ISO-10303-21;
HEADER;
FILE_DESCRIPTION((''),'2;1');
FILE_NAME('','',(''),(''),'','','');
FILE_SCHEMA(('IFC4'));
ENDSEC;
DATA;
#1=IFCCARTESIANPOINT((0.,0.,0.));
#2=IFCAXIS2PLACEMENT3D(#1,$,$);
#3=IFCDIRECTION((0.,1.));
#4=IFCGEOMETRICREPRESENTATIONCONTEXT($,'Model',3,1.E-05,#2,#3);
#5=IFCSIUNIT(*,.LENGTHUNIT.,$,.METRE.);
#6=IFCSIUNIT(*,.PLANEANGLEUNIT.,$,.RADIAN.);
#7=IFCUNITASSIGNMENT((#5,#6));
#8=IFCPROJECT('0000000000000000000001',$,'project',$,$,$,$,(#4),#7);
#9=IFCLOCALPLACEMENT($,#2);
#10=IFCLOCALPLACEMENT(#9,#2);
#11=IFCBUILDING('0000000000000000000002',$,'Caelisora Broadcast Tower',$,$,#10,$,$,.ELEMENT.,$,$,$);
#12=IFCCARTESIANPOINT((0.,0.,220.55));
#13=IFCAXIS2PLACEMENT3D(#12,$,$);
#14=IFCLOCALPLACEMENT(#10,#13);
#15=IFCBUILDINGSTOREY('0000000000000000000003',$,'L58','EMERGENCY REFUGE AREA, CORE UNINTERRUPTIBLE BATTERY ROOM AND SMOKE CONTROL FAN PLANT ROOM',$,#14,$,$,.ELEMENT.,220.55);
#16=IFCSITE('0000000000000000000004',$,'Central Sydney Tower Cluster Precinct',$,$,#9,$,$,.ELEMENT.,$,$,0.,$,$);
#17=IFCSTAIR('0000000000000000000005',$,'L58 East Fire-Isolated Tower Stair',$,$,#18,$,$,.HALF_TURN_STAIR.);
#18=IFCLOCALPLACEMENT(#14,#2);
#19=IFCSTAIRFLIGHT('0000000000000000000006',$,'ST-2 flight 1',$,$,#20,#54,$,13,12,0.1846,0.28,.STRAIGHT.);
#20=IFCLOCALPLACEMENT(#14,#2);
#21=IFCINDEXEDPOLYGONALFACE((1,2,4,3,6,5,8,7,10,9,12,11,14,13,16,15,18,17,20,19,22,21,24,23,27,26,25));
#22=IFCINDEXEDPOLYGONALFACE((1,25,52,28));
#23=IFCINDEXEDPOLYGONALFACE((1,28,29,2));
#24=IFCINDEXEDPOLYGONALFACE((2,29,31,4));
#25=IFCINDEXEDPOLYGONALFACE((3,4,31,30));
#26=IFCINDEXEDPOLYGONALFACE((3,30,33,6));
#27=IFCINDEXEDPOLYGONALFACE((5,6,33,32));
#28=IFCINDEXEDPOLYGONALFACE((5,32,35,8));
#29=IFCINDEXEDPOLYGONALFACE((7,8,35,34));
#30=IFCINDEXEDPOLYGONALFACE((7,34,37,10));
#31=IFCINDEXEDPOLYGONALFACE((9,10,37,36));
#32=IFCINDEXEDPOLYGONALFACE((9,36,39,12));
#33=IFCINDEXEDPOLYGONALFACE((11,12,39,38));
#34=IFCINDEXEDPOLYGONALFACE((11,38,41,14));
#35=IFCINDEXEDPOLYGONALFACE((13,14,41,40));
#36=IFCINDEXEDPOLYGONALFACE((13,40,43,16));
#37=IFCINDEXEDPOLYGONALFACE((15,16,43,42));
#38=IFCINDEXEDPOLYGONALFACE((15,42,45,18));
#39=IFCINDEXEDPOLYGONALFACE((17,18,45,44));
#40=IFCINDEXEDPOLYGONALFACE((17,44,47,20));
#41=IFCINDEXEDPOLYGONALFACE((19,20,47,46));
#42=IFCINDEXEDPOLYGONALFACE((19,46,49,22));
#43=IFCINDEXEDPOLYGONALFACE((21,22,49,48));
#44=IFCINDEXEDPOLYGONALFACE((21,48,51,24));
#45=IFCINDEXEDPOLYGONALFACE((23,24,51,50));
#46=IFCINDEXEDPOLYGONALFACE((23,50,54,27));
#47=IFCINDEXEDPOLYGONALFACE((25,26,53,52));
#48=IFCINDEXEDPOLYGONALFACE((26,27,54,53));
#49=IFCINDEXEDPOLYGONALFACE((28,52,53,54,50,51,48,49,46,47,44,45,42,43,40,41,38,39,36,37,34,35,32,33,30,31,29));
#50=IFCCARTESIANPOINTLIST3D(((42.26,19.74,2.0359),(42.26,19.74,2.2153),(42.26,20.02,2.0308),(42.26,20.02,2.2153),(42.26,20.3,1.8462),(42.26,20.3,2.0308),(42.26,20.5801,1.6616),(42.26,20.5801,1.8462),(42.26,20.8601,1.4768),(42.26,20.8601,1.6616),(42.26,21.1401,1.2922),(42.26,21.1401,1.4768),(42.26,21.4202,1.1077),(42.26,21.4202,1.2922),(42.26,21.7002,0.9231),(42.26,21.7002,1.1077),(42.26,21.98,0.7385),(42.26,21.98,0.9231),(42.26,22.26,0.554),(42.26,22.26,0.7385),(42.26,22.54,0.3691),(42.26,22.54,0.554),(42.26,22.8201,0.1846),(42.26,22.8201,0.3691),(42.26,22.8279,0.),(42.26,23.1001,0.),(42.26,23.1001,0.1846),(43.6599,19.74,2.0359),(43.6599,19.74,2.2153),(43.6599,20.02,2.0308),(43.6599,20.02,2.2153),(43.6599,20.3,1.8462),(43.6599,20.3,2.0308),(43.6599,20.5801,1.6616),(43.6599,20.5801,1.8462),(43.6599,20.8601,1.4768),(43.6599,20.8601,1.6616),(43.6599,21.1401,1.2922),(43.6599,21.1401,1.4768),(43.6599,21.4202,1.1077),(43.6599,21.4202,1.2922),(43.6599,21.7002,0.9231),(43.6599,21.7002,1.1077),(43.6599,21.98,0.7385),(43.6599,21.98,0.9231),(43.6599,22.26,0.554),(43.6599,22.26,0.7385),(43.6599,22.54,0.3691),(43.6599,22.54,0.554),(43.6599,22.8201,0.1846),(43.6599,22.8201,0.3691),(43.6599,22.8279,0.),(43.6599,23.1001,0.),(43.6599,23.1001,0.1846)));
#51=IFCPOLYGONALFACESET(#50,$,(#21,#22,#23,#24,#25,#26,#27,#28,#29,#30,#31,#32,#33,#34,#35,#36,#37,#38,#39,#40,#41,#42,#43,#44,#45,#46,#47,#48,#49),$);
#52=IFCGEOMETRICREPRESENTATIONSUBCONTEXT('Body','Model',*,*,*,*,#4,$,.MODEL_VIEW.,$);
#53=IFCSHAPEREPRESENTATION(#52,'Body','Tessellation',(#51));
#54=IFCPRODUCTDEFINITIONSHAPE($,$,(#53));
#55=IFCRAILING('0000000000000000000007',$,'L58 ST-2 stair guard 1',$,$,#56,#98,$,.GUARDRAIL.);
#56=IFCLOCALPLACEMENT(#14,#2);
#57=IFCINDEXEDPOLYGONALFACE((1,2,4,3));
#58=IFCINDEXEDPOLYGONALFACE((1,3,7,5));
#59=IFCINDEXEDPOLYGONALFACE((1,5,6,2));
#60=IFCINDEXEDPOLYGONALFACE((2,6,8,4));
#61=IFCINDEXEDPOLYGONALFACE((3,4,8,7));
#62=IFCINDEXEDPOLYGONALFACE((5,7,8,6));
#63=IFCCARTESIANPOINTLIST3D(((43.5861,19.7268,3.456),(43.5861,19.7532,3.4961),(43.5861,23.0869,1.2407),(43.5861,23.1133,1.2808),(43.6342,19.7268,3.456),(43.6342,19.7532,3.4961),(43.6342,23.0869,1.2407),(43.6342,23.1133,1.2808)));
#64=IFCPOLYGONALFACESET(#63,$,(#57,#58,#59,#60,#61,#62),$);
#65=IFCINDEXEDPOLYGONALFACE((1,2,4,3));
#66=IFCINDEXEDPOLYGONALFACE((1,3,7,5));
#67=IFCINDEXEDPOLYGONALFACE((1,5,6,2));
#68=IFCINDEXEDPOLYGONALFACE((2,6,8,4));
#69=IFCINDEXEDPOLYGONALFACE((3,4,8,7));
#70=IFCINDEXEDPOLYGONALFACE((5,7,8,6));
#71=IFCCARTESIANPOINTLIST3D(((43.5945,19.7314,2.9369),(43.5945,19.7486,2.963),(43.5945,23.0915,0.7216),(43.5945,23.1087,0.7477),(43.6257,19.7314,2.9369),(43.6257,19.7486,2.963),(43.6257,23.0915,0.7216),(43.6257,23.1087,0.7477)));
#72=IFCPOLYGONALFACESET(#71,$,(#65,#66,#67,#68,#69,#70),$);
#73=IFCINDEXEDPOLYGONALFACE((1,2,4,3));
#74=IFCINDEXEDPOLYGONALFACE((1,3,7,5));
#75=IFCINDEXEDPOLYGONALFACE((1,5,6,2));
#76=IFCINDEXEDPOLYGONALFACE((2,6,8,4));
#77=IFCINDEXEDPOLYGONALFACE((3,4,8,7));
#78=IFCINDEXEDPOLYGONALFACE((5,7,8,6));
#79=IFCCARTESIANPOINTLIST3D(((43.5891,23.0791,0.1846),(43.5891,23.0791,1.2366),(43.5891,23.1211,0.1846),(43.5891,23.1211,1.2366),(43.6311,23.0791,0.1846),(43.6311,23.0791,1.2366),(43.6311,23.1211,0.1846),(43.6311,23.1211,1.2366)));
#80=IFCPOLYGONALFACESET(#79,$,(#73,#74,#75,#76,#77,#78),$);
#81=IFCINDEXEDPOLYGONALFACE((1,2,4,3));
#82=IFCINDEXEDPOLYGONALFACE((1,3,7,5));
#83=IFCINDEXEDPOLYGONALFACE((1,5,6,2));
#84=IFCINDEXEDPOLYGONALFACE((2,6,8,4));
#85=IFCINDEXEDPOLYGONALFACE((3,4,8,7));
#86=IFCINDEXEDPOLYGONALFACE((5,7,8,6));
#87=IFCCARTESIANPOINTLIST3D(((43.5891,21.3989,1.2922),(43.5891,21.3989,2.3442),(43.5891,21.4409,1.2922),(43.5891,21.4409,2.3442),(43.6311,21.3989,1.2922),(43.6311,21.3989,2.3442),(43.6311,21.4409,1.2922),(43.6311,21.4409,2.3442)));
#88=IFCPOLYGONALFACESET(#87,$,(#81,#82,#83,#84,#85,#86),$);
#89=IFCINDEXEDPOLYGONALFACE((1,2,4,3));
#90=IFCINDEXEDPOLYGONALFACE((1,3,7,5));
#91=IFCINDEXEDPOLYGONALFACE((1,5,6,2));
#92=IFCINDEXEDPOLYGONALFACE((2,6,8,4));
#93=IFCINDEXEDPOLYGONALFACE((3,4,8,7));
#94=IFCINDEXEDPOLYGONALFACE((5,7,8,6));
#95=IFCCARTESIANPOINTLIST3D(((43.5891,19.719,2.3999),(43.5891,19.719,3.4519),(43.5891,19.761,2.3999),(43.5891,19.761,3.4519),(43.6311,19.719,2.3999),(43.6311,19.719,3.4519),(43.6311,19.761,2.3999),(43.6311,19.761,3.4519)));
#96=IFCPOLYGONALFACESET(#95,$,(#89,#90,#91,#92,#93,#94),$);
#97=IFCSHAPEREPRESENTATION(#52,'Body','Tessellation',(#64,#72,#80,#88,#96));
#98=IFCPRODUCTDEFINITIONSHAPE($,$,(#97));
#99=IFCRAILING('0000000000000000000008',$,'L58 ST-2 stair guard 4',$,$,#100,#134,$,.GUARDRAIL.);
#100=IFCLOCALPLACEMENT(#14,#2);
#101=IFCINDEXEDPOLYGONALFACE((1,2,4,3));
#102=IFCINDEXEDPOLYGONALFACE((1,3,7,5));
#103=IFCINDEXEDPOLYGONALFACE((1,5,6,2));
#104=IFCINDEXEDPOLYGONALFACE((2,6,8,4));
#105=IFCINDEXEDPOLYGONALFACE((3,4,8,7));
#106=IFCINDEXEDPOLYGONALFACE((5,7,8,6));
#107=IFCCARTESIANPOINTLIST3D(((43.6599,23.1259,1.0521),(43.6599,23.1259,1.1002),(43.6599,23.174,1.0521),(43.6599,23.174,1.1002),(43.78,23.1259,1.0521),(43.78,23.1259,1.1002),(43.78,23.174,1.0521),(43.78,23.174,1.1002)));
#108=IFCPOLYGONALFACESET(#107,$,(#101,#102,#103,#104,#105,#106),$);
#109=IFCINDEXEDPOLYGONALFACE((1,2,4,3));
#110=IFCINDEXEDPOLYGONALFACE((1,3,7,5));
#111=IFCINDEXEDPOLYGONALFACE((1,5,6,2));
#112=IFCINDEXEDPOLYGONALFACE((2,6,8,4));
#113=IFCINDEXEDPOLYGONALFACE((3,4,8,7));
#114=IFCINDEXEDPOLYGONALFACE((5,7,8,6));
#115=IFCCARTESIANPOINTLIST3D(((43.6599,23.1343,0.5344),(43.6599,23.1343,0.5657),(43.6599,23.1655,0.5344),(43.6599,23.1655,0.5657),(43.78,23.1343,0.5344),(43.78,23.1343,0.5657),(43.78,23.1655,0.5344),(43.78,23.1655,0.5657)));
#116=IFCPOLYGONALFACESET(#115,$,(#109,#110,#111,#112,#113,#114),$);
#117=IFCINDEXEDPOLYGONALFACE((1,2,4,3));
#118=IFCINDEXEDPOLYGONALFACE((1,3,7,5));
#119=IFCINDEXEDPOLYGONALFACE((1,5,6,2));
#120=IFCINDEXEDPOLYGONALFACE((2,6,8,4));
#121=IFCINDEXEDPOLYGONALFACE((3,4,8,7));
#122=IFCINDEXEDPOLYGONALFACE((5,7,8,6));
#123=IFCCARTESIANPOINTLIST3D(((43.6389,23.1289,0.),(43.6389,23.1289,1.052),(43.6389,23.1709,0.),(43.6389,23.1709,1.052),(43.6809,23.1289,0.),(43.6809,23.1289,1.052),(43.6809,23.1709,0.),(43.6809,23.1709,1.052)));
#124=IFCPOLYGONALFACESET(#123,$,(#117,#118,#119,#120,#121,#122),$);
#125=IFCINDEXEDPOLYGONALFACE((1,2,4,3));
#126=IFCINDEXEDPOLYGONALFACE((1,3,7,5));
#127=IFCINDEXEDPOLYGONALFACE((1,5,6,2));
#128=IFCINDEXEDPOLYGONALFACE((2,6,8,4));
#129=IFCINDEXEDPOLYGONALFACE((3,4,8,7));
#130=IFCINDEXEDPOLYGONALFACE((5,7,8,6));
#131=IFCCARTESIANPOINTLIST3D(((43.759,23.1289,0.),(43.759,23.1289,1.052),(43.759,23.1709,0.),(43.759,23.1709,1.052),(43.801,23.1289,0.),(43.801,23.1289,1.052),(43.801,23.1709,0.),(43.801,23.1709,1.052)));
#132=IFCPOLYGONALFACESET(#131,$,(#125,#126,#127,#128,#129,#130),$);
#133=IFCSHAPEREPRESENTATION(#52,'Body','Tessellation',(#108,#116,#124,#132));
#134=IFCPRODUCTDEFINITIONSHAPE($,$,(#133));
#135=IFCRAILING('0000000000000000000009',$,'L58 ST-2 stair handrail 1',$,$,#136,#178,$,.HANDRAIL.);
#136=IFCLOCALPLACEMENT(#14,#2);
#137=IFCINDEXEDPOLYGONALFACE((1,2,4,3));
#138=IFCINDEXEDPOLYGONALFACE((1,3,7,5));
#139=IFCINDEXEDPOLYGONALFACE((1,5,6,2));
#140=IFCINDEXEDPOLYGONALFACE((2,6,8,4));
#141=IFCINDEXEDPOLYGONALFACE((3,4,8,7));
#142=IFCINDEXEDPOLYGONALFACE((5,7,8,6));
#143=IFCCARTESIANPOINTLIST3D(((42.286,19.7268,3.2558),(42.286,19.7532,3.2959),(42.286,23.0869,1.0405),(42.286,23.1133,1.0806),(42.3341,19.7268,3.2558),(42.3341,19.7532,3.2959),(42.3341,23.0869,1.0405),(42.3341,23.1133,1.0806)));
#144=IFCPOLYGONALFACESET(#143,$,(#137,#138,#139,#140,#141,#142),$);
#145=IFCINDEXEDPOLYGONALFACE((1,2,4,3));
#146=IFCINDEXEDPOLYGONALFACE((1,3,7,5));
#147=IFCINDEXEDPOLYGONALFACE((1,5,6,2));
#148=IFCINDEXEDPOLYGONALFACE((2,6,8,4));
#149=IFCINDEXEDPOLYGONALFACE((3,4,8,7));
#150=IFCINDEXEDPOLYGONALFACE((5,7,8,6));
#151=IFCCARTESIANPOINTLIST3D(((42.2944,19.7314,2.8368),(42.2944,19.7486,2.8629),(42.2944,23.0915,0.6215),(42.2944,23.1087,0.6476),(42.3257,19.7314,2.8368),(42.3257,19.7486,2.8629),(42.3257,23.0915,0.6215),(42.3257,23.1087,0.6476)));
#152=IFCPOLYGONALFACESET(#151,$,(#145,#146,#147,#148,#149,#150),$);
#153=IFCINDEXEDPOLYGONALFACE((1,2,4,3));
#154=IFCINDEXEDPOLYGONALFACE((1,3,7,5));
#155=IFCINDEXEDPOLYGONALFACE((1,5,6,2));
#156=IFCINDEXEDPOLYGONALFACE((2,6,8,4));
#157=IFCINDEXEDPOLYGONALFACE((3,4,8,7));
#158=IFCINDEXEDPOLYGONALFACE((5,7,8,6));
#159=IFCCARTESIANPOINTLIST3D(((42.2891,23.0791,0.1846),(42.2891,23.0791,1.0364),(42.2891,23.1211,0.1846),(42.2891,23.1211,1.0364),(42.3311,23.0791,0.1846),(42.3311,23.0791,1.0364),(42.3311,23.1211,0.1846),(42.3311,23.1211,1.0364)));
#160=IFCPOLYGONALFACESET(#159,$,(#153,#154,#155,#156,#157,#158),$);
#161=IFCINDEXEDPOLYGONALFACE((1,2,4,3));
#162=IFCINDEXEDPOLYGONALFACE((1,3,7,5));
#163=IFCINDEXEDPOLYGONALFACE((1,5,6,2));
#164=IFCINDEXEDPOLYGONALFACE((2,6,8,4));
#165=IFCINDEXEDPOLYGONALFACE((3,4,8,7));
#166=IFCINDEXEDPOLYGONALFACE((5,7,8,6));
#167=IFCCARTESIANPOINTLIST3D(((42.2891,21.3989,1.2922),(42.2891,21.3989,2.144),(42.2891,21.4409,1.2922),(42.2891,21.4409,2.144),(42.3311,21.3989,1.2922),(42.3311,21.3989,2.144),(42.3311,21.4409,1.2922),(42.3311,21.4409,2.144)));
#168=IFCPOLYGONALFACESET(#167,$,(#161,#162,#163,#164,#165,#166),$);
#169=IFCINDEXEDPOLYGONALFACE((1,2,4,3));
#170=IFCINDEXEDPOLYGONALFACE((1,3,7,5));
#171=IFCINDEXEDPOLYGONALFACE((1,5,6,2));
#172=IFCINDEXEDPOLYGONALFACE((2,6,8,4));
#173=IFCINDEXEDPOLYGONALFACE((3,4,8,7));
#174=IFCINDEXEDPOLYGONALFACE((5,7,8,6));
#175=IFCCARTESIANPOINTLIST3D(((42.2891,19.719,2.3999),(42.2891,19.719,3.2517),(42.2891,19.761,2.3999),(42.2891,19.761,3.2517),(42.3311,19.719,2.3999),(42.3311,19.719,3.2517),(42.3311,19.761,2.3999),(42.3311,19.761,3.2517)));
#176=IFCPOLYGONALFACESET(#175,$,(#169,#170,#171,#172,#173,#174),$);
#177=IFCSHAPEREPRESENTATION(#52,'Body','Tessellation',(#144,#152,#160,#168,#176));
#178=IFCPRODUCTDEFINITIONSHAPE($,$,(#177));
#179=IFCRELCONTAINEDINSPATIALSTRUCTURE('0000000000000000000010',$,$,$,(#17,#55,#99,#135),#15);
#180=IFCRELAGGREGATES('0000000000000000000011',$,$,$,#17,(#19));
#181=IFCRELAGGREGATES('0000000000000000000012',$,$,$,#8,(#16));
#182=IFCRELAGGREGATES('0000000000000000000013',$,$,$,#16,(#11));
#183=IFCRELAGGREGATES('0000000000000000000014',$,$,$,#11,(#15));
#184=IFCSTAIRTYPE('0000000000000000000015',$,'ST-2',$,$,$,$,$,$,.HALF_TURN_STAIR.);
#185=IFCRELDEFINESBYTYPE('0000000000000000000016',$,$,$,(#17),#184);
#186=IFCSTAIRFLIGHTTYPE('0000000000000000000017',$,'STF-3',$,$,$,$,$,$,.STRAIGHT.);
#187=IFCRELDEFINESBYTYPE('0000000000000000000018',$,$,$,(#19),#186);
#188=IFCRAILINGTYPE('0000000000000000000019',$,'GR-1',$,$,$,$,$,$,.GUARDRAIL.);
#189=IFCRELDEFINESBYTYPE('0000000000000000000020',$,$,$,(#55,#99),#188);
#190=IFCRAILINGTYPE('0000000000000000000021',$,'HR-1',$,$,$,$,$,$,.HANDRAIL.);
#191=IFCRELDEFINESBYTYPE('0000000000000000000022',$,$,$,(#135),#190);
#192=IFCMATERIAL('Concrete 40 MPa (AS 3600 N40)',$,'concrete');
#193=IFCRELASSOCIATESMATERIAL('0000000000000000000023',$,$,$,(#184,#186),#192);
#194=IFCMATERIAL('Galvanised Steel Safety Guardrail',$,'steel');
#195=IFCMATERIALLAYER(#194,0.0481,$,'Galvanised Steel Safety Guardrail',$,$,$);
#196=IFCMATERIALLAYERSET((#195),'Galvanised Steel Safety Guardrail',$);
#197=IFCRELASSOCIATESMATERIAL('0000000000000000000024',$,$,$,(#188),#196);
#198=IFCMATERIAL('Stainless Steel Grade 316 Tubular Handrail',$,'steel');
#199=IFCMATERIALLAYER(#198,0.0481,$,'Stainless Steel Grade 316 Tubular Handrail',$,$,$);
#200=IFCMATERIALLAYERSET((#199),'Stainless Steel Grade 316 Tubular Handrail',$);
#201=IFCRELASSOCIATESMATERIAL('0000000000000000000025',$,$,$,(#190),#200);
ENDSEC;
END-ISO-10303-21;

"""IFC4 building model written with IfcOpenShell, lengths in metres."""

from ifc_helpers import new_model, si_unit, direction, frame, origin, origin_2d, place, context, subcontext, project, spatial, polyline, rectangle, outline, extrude, material, layer, layer_set, type_object, element, aggregate, save


model = new_model("IFC4")

# Units and contexts
model_context = context("Model", 3, precision=1e-05, world=origin(), true_north=direction((0.0, 1.0)))
body_context = subcontext(model_context, "Body", "Model", "MODEL_VIEW")
ifc_project = project(units=[si_unit("LENGTHUNIT", "METRE"), si_unit("PLANEANGLEUNIT", "RADIAN")], contexts=[model_context])

# Site, building, storey
site_placement = place(None, origin())
site = spatial("IfcSite", under=ifc_project, at=site_placement, Name="Central Sydney Tower Cluster Precinct", CompositionType="ELEMENT", RefElevation=0.0)
building_placement = place(site_placement, origin())
building = spatial("IfcBuilding", under=site, at=building_placement, Name="Caelisora Broadcast Tower", CompositionType="ELEMENT")
storey_placement = place(building_placement, frame((0.0, 0.0, 220.55)))
storey = spatial("IfcBuildingStorey", under=building, at=storey_placement, Name="L58", Description="EMERGENCY REFUGE AREA, CORE UNINTERRUPTIBLE BATTERY ROOM AND SMOKE CONTROL FAN PLANT ROOM", CompositionType="ELEMENT", Elevation=220.55)

# Stair, stair flight
ifc_material_1 = material(Name="Concrete 40 MPa (AS 3600 N40)", Category="concrete")
stair_type = type_object("IfcStairType", Name="ST-2", PredefinedType="HALF_TURN_STAIR", material=ifc_material_1)
stair_placement = place(storey_placement, origin())
stair = element("IfcStair", 1, at=stair_placement, inside=storey, type_object=stair_type, Name="L58 East Fire-Isolated Tower Stair", PredefinedType="HALF_TURN_STAIR")
stair_flight_type = type_object("IfcStairFlightType", Name="STF-3", PredefinedType="STRAIGHT", material=ifc_material_1)
stair_flight_placement = place(storey_placement, frame((42.96, 23.1001, 0.0), z_axis=(0.0, 0.0, 1.0), x_axis=(0.0, -1.0, 0.0)))
stair_flight = element("IfcStairFlight", 2, at=stair_flight_placement, type_object=stair_flight_type, Name="ST-2 flight 1", NumberOfRisers=13, NumberOfTreads=12, PredefinedType="STRAIGHT", RiserHeight=0.1846, TreadLength=0.28, context=body_context, shape_type="SweptSolid", body=[
    extrude(outline(polyline([(0.0, 0.0), (0.0, 0.1846), (0.28, 0.1846), (0.28, 0.3691), (0.5601, 0.3691), (0.5601, 0.554), (0.8401, 0.554), (0.8401, 0.7385), (1.1201, 0.7385), (1.1201, 0.9231), (1.3999, 0.9231), (1.3999, 1.1077), (1.6799, 1.1077), (1.6799, 1.2922), (1.96, 1.2922), (1.96, 1.4768), (2.24, 1.4768), (2.24, 1.6616), (2.52, 1.6616), (2.52, 1.8462), (2.8, 1.8462), (2.8, 2.0308), (3.0801, 2.0308), (3.0801, 2.2153), (3.3601, 2.2153), (3.3601, 2.3999), (3.3601, 2.0359), (0.2722, 0.0), (0.0, 0.0)])), frame((0.0, 0.7, 0.0), z_axis=(0.0, -1.0, 0.0), x_axis=(1.0, 0.0, 0.0)), (0.0, 0.0, 1.0), 1.3999),
])
aggregate(stair, [stair_flight])

# Railings
ifc_material_2 = material(Name="Galvanised Steel Safety Guardrail", Category="steel")
ifc_layer_1 = layer(ifc_material_2, 0.0481, Name="Galvanised Steel Safety Guardrail")
ifc_layer_set_1 = layer_set([ifc_layer_1], Name="Galvanised Steel Safety Guardrail")
railing_type_1 = type_object("IfcRailingType", Name="GR-1", PredefinedType="GUARDRAIL", material=ifc_layer_set_1)
railing_1_placement = place(storey_placement, frame((43.6101, 23.1001, 0.1846)))
element("IfcRailing", 3, at=railing_1_placement, inside=storey, type_object=railing_type_1, Name="L58 ST-2 stair guard 1", PredefinedType="GUARDRAIL", context=body_context, shape_type="SweptSolid", body=[
    extrude(rectangle(XDim=0.0481, YDim=0.0481, at=origin_2d()), frame((0.0, 0.0, 1.0762), z_axis=(0.0, -0.834876, 0.550437), x_axis=(1.0, 0.0, 0.0)), (0.0, 0.0, 1.0), 4.0247),
    extrude(rectangle(XDim=0.0312, YDim=0.0312, at=origin_2d()), frame((0.0, 0.0, 0.55), z_axis=(0.0, -0.834876, 0.550437), x_axis=(1.0, 0.0, 0.0)), (0.0, 0.0, 1.0), 4.0247),
    extrude(rectangle(XDim=0.042, YDim=0.042, at=origin_2d()), origin(), (0.0, 0.0, 1.0), 1.052),
    extrude(rectangle(XDim=0.042, YDim=0.042, at=origin_2d()), frame((0.0, -1.6802, 1.1077)), (0.0, 0.0, 1.0), 1.052),
    extrude(rectangle(XDim=0.042, YDim=0.042, at=origin_2d()), frame((0.0, -3.3601, 2.2153)), (0.0, 0.0, 1.0), 1.052),
])
railing_2_placement = place(storey_placement, frame((43.6599, 23.1499, 0.0)))
element("IfcRailing", 4, at=railing_2_placement, inside=storey, type_object=railing_type_1, Name="L58 ST-2 stair guard 4", PredefinedType="GUARDRAIL", context=body_context, shape_type="SweptSolid", body=[
    extrude(rectangle(XDim=0.0481, YDim=0.0481, at=origin_2d()), frame((0.0, 0.0, 1.0762), z_axis=(1.0, 0.0, 0.0), x_axis=(0.0, 1.0, 0.0)), (0.0, 0.0, 1.0), 0.1201),
    extrude(rectangle(XDim=0.0312, YDim=0.0312, at=origin_2d()), frame((0.0, 0.0, 0.55), z_axis=(1.0, 0.0, 0.0), x_axis=(0.0, 1.0, 0.0)), (0.0, 0.0, 1.0), 0.1201),
    extrude(rectangle(XDim=0.042, YDim=0.042, at=origin_2d()), origin(), (0.0, 0.0, 1.0), 1.052),
    extrude(rectangle(XDim=0.042, YDim=0.042, at=origin_2d()), frame((0.1201, 0.0, 0.0)), (0.0, 0.0, 1.0), 1.052),
])
ifc_material_3 = material(Name="Stainless Steel Grade 316 Tubular Handrail", Category="steel")
ifc_layer_2 = layer(ifc_material_3, 0.0481, Name="Stainless Steel Grade 316 Tubular Handrail")
ifc_layer_set_2 = layer_set([ifc_layer_2], Name="Stainless Steel Grade 316 Tubular Handrail")
railing_type_2 = type_object("IfcRailingType", Name="HR-1", PredefinedType="HANDRAIL", material=ifc_layer_set_2)
railing_3_placement = place(storey_placement, frame((42.3101, 23.1001, 0.1846)))
element("IfcRailing", 5, at=railing_3_placement, inside=storey, type_object=railing_type_2, Name="L58 ST-2 stair handrail 1", PredefinedType="HANDRAIL", context=body_context, shape_type="SweptSolid", body=[
    extrude(rectangle(XDim=0.0481, YDim=0.0481, at=origin_2d()), frame((0.0, 0.0, 0.876), z_axis=(0.0, -0.834876, 0.550437), x_axis=(1.0, 0.0, 0.0)), (0.0, 0.0, 1.0), 4.0247),
    extrude(rectangle(XDim=0.0312, YDim=0.0312, at=origin_2d()), frame((0.0, 0.0, 0.45), z_axis=(0.0, -0.834876, 0.550437), x_axis=(1.0, 0.0, 0.0)), (0.0, 0.0, 1.0), 4.0247),
    extrude(rectangle(XDim=0.042, YDim=0.042, at=origin_2d()), origin(), (0.0, 0.0, 1.0), 0.8518),
    extrude(rectangle(XDim=0.042, YDim=0.042, at=origin_2d()), frame((0.0, -1.6802, 1.1077)), (0.0, 0.0, 1.0), 0.8518),
    extrude(rectangle(XDim=0.042, YDim=0.042, at=origin_2d()), frame((0.0, -3.3601, 2.2153)), (0.0, 0.0, 1.0), 0.8518),
])

save(model, "model.ifc")
